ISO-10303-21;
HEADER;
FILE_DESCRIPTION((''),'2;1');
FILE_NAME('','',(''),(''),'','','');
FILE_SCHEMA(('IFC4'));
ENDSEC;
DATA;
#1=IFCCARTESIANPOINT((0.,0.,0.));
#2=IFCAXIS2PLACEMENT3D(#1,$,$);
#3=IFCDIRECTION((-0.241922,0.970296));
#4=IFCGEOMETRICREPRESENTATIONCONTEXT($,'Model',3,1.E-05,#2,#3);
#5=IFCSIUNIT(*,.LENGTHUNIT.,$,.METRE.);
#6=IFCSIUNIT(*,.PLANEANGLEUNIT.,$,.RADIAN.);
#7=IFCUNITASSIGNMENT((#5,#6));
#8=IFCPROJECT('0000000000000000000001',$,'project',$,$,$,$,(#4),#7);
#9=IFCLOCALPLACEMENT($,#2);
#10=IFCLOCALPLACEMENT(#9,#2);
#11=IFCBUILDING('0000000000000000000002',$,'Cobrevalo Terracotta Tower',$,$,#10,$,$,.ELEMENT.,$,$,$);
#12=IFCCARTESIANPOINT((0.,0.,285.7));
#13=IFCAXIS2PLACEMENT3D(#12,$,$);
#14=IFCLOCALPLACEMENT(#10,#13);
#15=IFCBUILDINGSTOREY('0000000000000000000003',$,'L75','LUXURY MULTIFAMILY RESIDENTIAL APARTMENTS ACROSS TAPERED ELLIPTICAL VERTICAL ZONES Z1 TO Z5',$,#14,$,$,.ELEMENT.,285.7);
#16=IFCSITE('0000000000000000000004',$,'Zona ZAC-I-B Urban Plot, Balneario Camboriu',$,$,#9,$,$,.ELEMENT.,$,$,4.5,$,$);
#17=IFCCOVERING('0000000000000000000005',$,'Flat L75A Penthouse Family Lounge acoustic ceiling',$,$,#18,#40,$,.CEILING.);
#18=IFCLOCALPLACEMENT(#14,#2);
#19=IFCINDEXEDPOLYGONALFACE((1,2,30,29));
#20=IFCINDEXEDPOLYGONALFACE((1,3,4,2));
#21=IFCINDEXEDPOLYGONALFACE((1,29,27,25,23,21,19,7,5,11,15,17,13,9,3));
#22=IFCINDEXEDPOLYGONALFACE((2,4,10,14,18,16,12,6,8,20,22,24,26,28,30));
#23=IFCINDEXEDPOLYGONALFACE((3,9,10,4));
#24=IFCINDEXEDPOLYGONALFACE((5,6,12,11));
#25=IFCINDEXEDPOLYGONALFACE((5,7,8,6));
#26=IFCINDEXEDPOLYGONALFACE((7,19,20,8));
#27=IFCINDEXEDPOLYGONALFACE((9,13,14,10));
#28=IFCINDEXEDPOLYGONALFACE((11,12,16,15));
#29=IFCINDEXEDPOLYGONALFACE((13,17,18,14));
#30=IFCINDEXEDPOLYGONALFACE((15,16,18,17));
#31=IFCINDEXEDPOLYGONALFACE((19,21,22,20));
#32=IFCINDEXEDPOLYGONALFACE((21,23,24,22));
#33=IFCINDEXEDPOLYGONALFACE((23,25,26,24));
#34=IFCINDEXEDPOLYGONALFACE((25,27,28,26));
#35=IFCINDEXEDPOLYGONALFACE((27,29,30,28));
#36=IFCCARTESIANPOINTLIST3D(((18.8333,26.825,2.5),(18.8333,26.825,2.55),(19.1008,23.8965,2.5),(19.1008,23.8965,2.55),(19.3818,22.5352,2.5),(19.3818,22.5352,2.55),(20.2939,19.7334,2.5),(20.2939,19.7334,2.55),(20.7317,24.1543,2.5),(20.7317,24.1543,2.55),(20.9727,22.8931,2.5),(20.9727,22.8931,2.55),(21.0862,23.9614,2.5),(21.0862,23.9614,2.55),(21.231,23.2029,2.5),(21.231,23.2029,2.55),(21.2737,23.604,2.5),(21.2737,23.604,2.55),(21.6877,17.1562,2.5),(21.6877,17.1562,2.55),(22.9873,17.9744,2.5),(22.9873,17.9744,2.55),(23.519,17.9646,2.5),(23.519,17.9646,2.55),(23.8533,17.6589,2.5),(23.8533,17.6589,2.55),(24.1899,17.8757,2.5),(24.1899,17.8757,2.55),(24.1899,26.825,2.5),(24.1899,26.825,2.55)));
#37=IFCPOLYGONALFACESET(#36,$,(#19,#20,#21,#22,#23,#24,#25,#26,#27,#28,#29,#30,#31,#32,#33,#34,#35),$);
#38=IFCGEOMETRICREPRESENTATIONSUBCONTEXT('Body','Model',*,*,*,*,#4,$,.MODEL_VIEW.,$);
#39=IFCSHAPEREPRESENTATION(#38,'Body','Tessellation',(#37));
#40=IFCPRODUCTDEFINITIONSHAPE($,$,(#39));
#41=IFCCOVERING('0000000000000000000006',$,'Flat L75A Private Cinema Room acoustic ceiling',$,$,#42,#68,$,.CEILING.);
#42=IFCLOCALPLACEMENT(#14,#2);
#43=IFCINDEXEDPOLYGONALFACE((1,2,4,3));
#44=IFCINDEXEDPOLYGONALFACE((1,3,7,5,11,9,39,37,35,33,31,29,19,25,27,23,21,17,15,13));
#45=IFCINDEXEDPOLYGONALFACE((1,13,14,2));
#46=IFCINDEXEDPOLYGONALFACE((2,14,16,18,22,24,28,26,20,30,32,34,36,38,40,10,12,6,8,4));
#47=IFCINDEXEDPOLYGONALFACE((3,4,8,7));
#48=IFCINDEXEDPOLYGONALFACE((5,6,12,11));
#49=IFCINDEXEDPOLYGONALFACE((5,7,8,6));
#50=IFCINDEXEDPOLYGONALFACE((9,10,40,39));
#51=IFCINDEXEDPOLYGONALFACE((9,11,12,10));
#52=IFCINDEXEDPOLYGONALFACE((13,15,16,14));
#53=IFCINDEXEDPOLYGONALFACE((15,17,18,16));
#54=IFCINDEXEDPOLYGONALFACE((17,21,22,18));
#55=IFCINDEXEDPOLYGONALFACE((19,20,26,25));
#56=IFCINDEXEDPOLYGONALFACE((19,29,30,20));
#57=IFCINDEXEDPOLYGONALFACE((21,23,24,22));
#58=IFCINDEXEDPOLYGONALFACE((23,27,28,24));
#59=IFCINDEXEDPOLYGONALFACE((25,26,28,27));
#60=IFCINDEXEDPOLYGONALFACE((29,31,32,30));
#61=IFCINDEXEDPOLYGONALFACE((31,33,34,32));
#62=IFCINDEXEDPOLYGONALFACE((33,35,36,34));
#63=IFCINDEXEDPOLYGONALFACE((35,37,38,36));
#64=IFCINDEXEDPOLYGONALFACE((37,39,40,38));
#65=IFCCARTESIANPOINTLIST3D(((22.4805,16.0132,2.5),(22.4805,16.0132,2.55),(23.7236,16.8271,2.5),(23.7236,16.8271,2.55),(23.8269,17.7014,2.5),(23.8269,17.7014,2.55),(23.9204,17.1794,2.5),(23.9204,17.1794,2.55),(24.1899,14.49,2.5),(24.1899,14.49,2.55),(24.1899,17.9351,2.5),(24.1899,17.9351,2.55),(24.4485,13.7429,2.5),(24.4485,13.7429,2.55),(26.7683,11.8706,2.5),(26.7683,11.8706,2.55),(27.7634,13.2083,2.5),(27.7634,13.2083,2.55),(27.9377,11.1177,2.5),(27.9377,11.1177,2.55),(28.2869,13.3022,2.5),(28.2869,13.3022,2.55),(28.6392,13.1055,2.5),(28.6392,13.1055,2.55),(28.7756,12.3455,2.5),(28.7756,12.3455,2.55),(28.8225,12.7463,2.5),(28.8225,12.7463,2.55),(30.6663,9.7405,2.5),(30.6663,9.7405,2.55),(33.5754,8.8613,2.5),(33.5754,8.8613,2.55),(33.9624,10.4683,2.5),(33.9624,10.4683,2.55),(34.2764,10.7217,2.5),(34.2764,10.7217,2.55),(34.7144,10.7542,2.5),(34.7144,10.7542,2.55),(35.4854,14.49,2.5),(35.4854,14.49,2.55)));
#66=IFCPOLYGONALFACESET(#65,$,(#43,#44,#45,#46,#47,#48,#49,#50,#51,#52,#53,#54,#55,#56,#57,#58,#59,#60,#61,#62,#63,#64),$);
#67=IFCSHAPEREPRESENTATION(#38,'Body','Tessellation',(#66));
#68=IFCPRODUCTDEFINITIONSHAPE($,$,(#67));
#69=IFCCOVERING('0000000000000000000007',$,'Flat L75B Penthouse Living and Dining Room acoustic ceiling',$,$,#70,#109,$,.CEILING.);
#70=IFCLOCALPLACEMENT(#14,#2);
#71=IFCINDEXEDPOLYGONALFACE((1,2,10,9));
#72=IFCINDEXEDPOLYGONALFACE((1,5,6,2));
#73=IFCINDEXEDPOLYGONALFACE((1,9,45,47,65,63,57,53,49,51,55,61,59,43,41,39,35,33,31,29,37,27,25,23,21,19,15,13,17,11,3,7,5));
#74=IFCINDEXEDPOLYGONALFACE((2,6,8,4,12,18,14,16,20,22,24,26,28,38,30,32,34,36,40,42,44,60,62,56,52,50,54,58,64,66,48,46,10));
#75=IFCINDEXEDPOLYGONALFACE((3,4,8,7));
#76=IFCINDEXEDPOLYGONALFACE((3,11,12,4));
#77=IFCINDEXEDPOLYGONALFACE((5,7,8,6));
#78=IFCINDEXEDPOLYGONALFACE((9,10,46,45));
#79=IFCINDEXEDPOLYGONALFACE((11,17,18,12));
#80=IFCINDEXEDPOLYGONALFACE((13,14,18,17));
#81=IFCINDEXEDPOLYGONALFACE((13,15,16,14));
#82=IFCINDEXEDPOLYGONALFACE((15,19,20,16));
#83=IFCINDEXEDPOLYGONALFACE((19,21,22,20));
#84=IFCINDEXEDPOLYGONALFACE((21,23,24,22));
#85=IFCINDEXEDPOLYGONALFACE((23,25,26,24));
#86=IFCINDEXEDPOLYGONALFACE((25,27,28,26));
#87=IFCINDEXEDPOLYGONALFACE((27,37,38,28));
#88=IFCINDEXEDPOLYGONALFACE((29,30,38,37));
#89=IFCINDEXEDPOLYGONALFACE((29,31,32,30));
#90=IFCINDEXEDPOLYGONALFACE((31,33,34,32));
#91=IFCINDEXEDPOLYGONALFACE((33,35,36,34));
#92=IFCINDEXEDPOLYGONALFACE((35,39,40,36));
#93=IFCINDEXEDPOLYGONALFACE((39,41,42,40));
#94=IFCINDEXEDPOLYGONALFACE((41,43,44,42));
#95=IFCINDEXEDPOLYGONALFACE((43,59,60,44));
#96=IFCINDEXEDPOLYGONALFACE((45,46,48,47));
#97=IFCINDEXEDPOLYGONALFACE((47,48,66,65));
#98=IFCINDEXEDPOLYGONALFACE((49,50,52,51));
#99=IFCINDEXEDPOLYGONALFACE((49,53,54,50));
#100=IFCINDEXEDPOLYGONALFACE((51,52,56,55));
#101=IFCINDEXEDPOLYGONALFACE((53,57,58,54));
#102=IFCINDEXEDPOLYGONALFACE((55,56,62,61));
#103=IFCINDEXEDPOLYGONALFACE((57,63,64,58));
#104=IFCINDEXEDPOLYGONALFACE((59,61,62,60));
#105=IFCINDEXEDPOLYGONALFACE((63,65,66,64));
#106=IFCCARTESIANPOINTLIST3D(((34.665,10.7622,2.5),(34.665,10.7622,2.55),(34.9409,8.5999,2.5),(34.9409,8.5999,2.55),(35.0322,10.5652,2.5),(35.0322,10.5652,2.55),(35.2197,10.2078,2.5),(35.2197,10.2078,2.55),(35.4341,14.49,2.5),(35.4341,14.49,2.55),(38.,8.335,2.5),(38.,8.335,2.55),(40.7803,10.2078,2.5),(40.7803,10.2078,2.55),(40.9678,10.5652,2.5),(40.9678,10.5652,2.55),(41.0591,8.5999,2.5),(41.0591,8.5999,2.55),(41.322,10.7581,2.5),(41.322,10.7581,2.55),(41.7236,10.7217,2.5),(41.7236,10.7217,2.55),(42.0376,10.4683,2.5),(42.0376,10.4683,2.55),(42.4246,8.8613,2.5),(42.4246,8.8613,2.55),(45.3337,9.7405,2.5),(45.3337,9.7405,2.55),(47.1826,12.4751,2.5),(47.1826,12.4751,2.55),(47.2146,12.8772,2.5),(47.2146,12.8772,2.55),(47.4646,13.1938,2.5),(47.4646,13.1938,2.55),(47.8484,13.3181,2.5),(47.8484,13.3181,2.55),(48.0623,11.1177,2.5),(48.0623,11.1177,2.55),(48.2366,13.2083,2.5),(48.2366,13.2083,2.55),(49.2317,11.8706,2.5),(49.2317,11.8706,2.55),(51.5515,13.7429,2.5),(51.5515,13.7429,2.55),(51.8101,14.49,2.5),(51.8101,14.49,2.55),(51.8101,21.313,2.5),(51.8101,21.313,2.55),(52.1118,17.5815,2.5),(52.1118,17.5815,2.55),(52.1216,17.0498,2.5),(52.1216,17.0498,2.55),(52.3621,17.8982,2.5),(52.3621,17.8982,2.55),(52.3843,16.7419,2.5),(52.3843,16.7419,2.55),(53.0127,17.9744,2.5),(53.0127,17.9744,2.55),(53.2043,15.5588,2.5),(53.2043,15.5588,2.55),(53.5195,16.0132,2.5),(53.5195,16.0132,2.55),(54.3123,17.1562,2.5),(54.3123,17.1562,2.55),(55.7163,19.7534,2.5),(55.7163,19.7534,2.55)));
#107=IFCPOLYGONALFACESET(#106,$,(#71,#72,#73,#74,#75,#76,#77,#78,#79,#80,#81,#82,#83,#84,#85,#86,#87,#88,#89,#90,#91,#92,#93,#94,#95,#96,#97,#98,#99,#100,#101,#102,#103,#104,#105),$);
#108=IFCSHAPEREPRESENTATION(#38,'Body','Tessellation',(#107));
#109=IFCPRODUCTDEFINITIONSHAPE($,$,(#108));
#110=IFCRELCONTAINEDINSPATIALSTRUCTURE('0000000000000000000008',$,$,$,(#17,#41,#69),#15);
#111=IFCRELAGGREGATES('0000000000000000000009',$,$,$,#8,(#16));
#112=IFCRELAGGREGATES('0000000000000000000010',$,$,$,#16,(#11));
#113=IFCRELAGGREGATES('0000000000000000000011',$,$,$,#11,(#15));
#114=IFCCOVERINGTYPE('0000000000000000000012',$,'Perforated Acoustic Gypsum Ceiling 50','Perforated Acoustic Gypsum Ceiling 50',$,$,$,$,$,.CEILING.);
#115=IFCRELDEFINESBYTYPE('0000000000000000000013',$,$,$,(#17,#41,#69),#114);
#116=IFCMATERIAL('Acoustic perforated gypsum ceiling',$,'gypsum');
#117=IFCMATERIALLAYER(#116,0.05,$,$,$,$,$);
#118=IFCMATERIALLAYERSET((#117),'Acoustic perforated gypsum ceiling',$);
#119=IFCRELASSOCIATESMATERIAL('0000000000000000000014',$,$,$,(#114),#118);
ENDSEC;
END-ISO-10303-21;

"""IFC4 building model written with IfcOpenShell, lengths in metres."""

from ifc_helpers import new_model, si_unit, direction, frame, origin, place, context, subcontext, project, spatial, polyline, outline, extrude, material, layer, layer_set, type_object, element, save


model = new_model("IFC4")

# Units and contexts
model_context = context("Model", 3, precision=1e-05, world=origin(), true_north=direction((-0.241922, 0.970296)))
body_context = subcontext(model_context, "Body", "Model", "MODEL_VIEW")
ifc_project = project(units=[si_unit("LENGTHUNIT", "METRE"), si_unit("PLANEANGLEUNIT", "RADIAN")], contexts=[model_context])

# Site, building, storey
site_placement = place(None, origin())
site = spatial("IfcSite", under=ifc_project, at=site_placement, Name="Zona ZAC-I-B Urban Plot, Balneario Camboriu", CompositionType="ELEMENT", RefElevation=4.5)
building_placement = place(site_placement, origin())
building = spatial("IfcBuilding", under=site, at=building_placement, Name="Cobrevalo Terracotta Tower", CompositionType="ELEMENT")
storey_placement = place(building_placement, frame((0.0, 0.0, 285.7)))
storey = spatial("IfcBuildingStorey", under=building, at=storey_placement, Name="L75", Description="LUXURY MULTIFAMILY RESIDENTIAL APARTMENTS ACROSS TAPERED ELLIPTICAL VERTICAL ZONES Z1 TO Z5", CompositionType="ELEMENT", Elevation=285.7)

# Coverings
ifc_material_1 = material(Name="Acoustic perforated gypsum ceiling", Category="gypsum")
ifc_layer_1 = layer(ifc_material_1, 0.05)
ifc_layer_set_1 = layer_set([ifc_layer_1], Name="Acoustic perforated gypsum ceiling")
covering_type_1 = type_object("IfcCoveringType", Name="Perforated Acoustic Gypsum Ceiling 50", Description="Perforated Acoustic Gypsum Ceiling 50", PredefinedType="CEILING", material=ifc_layer_set_1)
covering_1_placement = place(storey_placement, frame((0.0, 0.0, 2.5)))
element("IfcCovering", 1, at=covering_1_placement, inside=storey, type_object=covering_type_1, Name="Flat L75A Penthouse Family Lounge acoustic ceiling", PredefinedType="CEILING", context=body_context, shape_type="SweptSolid", body=[
    extrude(outline(polyline([(20.2939, 19.7334), (19.3818, 22.5352), (20.9727, 22.8931), (21.231, 23.2029), (21.2737, 23.604), (21.0862, 23.9614), (20.7317, 24.1543), (19.1008, 23.8965), (18.8333, 26.825), (24.1899, 26.825), (24.1899, 17.8757), (23.8533, 17.6589), (23.519, 17.9646), (22.9873, 17.9744), (21.6877, 17.1562), (20.2939, 19.7334)])), origin(), (0.0, 0.0, 1.0), 0.05),
])
covering_2_placement = place(storey_placement, frame((0.0, 0.0, 2.5)))
element("IfcCovering", 2, at=covering_2_placement, inside=storey, type_object=covering_type_1, Name="Flat L75A Private Cinema Room acoustic ceiling", PredefinedType="CEILING", context=body_context, shape_type="SweptSolid", body=[
    extrude(outline(polyline([(27.9377, 11.1177), (28.7756, 12.3455), (28.8225, 12.7463), (28.6392, 13.1055), (28.2869, 13.3022), (27.7634, 13.2083), (26.7683, 11.8706), (24.4485, 13.7429), (22.4805, 16.0132), (23.7236, 16.8271), (23.9204, 17.1794), (23.8269, 17.7014), (24.1899, 17.9351), (24.1899, 14.49), (35.4854, 14.49), (34.7144, 10.7542), (34.2764, 10.7217), (33.9624, 10.4683), (33.5754, 8.8613), (30.6663, 9.7405), (27.9377, 11.1177)])), origin(), (0.0, 0.0, 1.0), 0.05),
])
covering_3_placement = place(storey_placement, frame((0.0, 0.0, 2.5)))
element("IfcCovering", 3, at=covering_3_placement, inside=storey, type_object=covering_type_1, Name="Flat L75B Penthouse Living and Dining Room acoustic ceiling", PredefinedType="CEILING", context=body_context, shape_type="SweptSolid", body=[
    extrude(outline(polyline([(54.3123, 17.1562), (53.0127, 17.9744), (52.3621, 17.8982), (52.1118, 17.5815), (52.1216, 17.0498), (52.3843, 16.7419), (53.5195, 16.0132), (53.2043, 15.5588), (51.5515, 13.7429), (49.2317, 11.8706), (48.2366, 13.2083), (47.8484, 13.3181), (47.4646, 13.1938), (47.2146, 12.8772), (47.1826, 12.4751), (48.0623, 11.1177), (45.3337, 9.7405), (42.4246, 8.8613), (42.0376, 10.4683), (41.7236, 10.7217), (41.322, 10.7581), (40.9678, 10.5652), (40.7803, 10.2078), (41.0591, 8.5999), (38.0, 8.335), (34.9409, 8.5999), (35.2197, 10.2078), (35.0322, 10.5652), (34.665, 10.7622), (35.4341, 14.49), (51.8101, 14.49), (51.8101, 21.313), (55.7163, 19.7534), (54.3123, 17.1562)])), origin(), (0.0, 0.0, 1.0), 0.05),
])

save(model, "model.ifc")
